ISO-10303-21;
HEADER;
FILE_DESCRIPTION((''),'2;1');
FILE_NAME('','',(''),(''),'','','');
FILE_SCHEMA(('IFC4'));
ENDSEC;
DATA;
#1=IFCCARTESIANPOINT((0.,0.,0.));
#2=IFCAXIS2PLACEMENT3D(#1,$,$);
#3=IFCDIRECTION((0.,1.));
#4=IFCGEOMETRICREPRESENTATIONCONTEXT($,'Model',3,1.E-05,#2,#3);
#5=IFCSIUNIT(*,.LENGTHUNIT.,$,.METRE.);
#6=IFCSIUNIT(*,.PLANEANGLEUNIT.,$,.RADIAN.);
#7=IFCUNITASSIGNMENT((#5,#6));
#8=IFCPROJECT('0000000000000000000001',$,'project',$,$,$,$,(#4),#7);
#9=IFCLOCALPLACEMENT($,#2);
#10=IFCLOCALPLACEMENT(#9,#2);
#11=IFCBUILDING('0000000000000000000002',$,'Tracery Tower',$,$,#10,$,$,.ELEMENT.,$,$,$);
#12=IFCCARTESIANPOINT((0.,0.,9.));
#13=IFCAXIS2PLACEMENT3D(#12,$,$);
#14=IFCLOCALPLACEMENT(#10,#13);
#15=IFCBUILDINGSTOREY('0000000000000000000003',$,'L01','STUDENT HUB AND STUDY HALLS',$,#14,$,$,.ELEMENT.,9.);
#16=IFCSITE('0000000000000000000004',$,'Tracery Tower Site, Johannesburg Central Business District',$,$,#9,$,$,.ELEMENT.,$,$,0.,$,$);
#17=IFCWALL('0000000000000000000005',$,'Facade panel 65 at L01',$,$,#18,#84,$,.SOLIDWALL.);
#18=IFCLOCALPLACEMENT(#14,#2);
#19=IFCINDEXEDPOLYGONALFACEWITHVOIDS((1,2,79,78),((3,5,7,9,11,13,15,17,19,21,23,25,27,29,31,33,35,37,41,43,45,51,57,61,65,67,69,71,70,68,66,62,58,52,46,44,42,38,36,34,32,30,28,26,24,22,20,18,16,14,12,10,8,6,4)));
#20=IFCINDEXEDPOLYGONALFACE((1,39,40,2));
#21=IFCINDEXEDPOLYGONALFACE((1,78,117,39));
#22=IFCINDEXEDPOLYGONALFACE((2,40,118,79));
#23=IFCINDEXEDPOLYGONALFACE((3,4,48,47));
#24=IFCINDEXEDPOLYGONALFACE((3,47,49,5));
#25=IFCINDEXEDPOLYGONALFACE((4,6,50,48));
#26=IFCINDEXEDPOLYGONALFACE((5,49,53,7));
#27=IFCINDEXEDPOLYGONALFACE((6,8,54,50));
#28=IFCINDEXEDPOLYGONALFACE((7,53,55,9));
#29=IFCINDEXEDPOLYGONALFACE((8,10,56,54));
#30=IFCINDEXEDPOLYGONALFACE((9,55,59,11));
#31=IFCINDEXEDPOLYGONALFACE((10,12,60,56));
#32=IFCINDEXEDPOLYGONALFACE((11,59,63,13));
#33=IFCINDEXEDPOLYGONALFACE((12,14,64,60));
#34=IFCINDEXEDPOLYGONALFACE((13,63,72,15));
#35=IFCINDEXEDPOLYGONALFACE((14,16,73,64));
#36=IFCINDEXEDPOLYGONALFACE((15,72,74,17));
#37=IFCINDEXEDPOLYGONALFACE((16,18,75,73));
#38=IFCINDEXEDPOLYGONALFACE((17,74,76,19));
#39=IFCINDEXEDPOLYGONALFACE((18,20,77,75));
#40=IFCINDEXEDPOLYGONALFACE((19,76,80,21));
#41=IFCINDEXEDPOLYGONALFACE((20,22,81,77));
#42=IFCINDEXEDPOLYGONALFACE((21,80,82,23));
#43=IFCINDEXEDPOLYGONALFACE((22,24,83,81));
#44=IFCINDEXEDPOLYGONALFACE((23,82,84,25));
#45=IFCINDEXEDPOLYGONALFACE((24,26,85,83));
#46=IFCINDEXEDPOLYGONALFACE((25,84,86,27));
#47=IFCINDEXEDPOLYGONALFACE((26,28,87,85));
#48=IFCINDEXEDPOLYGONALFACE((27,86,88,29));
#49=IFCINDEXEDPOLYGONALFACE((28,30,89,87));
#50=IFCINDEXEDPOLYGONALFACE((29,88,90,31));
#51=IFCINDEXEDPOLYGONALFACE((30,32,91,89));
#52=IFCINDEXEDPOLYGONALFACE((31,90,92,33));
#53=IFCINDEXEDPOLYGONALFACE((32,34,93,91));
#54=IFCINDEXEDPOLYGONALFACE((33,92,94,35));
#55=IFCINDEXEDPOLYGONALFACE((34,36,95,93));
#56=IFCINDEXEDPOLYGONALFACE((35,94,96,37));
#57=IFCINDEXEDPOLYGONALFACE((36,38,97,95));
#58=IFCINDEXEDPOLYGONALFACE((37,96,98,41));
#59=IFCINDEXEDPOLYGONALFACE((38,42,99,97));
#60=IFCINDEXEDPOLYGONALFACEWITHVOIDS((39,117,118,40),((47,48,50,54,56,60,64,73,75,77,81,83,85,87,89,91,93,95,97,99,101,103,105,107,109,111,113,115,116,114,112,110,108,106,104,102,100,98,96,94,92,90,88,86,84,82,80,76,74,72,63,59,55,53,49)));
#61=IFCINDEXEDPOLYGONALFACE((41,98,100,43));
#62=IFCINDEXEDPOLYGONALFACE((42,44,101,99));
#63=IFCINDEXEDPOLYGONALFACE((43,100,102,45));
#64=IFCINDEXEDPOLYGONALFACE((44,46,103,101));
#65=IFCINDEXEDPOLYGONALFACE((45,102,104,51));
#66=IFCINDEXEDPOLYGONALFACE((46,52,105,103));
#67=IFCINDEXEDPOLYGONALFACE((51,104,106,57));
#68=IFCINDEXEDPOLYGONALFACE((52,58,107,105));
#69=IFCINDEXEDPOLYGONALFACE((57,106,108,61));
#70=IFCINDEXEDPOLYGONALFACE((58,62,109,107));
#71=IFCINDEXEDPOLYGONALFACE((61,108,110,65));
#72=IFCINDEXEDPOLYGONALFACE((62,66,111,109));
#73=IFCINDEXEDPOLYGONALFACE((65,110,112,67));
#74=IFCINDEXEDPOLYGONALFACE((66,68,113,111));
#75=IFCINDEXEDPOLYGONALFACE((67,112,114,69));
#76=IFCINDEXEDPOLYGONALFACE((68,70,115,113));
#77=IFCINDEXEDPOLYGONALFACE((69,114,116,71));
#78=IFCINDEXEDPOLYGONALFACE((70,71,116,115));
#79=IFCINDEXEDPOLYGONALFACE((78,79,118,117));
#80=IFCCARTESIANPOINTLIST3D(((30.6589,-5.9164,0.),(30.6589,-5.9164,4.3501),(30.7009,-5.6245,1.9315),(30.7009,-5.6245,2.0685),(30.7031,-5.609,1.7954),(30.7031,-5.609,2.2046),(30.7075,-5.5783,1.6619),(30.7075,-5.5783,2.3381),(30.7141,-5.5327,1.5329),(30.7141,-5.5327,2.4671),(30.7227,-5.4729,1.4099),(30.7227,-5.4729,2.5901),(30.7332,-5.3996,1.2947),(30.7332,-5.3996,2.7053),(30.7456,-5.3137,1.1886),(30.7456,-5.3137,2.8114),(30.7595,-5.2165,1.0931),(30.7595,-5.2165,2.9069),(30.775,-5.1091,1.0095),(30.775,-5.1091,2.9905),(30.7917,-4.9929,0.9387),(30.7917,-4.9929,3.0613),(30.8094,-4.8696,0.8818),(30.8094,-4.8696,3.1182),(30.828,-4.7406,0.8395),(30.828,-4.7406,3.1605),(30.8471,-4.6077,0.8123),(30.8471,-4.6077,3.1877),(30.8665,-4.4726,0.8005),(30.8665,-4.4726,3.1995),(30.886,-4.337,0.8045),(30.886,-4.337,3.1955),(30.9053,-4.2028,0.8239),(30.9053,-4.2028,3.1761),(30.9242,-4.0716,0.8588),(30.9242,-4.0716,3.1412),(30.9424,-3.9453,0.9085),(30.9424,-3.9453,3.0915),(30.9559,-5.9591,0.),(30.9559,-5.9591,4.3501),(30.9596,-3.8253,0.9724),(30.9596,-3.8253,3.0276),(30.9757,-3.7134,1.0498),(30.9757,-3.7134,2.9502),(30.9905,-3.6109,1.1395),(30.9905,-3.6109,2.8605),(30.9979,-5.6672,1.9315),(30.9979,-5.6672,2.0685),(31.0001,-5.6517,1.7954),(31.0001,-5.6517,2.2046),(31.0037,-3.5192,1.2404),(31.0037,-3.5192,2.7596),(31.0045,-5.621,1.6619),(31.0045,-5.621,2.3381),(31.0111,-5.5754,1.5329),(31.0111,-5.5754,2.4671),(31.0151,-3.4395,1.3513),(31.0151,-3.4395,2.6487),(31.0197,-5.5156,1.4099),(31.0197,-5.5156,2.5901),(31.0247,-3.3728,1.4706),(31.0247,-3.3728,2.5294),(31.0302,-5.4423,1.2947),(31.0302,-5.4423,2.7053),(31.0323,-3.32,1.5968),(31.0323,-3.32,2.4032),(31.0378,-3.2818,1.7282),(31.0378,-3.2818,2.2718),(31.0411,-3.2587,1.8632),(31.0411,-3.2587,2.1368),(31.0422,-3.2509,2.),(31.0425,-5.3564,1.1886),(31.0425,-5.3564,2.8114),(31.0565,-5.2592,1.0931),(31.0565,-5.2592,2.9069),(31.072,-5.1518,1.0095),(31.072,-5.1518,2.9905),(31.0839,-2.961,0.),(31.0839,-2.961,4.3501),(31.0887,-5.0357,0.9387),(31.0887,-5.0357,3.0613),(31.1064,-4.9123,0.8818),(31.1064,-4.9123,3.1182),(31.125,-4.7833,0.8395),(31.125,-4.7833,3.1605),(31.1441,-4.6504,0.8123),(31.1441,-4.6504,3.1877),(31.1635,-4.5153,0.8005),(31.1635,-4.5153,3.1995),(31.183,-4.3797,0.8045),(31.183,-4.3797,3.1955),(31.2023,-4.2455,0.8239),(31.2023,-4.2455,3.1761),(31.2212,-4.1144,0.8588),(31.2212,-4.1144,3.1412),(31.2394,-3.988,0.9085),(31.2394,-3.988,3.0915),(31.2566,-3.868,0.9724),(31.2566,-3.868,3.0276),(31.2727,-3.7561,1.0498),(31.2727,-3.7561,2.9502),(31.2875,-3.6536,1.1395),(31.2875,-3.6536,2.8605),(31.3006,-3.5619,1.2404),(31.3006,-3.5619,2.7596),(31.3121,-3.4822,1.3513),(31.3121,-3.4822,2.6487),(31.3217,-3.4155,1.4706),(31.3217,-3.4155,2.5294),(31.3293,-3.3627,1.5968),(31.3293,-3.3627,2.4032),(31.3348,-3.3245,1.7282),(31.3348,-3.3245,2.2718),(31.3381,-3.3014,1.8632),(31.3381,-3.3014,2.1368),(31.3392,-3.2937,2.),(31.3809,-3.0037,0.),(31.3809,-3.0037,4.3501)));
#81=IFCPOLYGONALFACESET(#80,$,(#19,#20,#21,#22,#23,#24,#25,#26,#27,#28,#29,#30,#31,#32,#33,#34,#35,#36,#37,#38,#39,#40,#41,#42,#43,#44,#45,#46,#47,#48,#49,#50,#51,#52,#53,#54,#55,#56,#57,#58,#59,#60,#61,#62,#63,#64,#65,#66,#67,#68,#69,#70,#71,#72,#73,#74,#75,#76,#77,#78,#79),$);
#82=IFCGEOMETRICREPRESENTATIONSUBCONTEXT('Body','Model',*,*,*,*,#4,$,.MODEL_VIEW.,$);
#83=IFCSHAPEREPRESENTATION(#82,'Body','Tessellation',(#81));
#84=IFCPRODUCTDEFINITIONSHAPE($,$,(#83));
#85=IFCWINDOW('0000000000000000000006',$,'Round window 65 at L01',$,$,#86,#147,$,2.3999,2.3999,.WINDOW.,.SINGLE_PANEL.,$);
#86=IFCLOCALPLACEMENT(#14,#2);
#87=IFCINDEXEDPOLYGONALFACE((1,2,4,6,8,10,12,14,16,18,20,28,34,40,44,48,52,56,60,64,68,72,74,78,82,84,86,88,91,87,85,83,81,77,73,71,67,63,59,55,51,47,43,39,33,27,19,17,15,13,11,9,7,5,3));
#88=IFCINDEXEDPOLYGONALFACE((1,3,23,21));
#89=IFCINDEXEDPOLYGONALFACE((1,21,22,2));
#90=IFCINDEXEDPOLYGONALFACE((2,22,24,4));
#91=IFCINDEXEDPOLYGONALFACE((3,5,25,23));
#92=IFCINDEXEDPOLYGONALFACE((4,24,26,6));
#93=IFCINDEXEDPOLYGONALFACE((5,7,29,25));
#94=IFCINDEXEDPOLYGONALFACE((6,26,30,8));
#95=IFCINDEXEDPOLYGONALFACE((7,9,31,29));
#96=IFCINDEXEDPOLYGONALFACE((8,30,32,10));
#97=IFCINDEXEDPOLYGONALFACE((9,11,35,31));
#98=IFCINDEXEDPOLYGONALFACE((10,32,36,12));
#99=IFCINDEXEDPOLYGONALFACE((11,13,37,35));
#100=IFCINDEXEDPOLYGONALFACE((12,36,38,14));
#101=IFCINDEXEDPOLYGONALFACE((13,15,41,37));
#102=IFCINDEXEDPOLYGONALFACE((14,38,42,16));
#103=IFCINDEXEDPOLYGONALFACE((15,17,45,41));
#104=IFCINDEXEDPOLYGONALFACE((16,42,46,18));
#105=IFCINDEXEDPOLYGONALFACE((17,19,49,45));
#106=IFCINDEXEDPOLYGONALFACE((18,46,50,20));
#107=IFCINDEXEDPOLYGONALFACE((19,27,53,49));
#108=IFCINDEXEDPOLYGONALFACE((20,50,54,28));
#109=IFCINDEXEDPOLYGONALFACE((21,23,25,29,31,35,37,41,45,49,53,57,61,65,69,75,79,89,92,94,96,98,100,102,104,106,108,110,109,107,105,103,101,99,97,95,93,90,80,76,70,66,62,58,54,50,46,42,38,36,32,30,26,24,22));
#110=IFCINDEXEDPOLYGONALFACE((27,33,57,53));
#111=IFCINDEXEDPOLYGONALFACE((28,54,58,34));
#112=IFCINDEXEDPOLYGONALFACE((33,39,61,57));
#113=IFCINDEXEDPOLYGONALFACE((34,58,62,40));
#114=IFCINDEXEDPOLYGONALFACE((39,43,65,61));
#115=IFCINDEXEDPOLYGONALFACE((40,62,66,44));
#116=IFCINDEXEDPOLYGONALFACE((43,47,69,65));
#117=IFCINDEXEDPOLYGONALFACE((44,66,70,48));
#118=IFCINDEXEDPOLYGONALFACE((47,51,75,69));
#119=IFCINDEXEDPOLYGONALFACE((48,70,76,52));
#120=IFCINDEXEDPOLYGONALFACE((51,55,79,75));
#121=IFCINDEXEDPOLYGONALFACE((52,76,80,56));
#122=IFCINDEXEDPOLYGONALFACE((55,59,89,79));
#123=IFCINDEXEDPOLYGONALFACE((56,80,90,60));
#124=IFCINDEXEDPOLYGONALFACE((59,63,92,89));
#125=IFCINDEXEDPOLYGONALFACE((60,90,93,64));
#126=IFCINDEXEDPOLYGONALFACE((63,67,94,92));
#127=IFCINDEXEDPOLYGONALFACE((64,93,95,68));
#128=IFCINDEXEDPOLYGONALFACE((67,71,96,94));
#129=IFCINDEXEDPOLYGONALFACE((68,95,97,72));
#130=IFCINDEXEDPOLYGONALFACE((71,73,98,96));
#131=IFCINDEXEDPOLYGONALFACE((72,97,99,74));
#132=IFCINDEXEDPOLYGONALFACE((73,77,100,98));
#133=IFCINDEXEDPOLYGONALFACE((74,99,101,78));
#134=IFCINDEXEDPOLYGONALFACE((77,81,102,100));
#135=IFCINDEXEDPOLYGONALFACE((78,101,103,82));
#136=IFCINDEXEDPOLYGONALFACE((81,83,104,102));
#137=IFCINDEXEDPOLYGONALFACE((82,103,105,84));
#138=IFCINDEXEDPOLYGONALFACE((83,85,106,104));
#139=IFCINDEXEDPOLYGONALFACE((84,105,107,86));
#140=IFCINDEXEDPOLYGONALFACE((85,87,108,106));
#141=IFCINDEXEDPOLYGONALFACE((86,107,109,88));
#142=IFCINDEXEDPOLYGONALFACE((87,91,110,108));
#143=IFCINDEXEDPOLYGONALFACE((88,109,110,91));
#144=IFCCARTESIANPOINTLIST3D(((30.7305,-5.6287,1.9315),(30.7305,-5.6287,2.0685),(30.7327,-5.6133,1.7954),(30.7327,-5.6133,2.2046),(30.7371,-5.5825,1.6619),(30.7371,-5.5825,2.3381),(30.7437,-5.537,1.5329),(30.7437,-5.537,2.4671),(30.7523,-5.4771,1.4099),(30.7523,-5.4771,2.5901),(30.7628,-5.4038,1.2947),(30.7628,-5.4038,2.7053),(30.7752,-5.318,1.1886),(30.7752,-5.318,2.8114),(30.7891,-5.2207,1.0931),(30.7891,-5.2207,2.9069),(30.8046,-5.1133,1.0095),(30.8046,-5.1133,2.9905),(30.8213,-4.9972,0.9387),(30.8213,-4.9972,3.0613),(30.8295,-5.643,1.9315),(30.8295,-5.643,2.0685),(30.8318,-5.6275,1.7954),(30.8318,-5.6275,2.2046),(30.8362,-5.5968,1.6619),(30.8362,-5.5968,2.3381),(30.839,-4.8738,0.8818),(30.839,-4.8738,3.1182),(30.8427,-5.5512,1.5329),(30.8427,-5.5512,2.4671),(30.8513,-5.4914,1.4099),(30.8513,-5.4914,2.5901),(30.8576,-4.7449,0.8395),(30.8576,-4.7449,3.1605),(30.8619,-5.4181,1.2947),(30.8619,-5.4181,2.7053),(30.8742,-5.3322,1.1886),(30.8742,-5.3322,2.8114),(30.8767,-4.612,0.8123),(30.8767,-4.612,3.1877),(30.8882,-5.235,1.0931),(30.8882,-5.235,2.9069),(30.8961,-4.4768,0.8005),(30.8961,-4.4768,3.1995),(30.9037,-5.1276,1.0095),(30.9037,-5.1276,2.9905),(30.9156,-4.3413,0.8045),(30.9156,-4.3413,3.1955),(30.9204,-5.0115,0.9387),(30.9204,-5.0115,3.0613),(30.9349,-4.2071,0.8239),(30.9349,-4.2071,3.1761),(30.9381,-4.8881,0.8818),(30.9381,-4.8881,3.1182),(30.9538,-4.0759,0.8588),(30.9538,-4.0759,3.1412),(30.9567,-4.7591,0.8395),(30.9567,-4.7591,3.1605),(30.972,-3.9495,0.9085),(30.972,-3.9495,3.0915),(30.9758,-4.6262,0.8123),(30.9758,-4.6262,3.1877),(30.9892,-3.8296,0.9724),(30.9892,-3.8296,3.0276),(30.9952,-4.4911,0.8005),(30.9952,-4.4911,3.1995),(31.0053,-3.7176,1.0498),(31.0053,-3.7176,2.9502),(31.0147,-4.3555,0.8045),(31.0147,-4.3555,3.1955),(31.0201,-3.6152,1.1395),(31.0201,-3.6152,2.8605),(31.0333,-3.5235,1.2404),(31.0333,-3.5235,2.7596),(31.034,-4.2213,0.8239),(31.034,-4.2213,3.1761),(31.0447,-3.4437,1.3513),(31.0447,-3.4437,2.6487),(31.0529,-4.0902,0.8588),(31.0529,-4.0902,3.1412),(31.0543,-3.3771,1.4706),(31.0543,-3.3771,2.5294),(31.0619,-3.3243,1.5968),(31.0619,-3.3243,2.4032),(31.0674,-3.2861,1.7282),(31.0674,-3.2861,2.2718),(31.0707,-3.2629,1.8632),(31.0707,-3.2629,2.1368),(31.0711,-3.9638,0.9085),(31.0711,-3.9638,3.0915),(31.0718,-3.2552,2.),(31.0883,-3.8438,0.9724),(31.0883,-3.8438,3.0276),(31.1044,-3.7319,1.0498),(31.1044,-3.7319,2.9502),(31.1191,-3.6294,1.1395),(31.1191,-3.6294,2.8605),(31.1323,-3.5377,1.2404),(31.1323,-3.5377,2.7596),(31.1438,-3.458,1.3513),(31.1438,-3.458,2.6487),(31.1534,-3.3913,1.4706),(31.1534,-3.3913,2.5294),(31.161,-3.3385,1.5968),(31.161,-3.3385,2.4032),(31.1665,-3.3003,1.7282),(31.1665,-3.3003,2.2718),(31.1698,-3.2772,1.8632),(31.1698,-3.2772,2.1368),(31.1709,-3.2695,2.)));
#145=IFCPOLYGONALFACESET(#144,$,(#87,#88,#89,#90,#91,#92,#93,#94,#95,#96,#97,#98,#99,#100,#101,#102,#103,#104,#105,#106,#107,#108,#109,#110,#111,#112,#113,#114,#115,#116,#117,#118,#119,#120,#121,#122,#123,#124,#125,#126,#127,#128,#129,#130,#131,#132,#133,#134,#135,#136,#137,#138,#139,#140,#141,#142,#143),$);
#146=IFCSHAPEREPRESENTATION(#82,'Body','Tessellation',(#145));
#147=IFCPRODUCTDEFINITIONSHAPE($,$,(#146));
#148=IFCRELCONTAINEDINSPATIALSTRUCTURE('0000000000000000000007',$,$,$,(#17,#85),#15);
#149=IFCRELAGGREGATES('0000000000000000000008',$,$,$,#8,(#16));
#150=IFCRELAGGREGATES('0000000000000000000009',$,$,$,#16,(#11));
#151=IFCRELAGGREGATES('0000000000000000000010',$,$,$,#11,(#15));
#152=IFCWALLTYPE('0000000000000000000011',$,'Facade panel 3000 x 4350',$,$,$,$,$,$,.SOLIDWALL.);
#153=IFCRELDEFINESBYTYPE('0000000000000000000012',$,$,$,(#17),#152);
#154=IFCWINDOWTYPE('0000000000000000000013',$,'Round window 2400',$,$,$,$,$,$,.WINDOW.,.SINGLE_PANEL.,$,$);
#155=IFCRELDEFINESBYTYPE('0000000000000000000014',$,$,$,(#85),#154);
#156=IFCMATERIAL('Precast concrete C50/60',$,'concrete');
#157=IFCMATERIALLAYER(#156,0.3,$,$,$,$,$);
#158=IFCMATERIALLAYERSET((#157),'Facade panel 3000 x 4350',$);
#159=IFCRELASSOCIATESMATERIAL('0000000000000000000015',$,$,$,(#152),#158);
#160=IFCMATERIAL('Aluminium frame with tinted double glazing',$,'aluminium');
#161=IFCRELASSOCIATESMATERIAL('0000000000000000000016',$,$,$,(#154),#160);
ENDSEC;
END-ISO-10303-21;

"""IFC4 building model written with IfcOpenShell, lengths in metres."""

from ifc_helpers import new_model, si_unit, direction, frame, frame_2d, origin, origin_2d, place, context, subcontext, project, spatial, rectangle, circle, extrude, material, layer, layer_set, type_object, element, fill, save


model = new_model("IFC4")

# Units and contexts
model_context = context("Model", 3, precision=1e-05, world=origin(), true_north=direction((0.0, 1.0)))
body_context = subcontext(model_context, "Body", "Model", "MODEL_VIEW")
ifc_project = project(units=[si_unit("LENGTHUNIT", "METRE"), si_unit("PLANEANGLEUNIT", "RADIAN")], contexts=[model_context])

# Site, building, storey
site_placement = place(None, origin())
site = spatial("IfcSite", under=ifc_project, at=site_placement, Name="Tracery Tower Site, Johannesburg Central Business District", CompositionType="ELEMENT", RefElevation=0.0)
building_placement = place(site_placement, origin())
building = spatial("IfcBuilding", under=site, at=building_placement, Name="Tracery Tower", CompositionType="ELEMENT")
storey_placement = place(building_placement, frame((0.0, 0.0, 9.0)))
storey = spatial("IfcBuildingStorey", under=building, at=storey_placement, Name="L01", Description="STUDENT HUB AND STUDY HALLS", CompositionType="ELEMENT", Elevation=9.0)

# Wall, opening, window
ifc_material_1 = material(Name="Precast concrete C50/60", Category="concrete")
ifc_layer_1 = layer(ifc_material_1, 0.3)
ifc_layer_set_1 = layer_set([ifc_layer_1], Name="Facade panel 3000 x 4350")
wall_type_1 = type_object("IfcWallType", Name="Facade panel 3000 x 4350", PredefinedType="SOLIDWALL", material=ifc_layer_set_1)
ifc_material_2 = material(Name="Aluminium frame with tinted double glazing", Category="aluminium")
window_type = type_object("IfcWindowType", Name="Round window 2400", PartitioningType="SINGLE_PANEL", PredefinedType="WINDOW", material=ifc_material_2)
wall_1_placement = place(storey_placement, frame((30.8074, -5.9377, 0.0), z_axis=(0.0, 0.0, 1.0), x_axis=(0.14236, 0.989815, 0.0)))
wall_1 = element("IfcWall", 1, at=wall_1_placement, inside=storey, type_object=wall_type_1, Name="Facade panel 65 at L01", PredefinedType="SOLIDWALL", context=body_context, shape_type="SweptSolid", body=[
    extrude(rectangle(XDim=2.9858, YDim=0.3, at=frame_2d((1.4929, 0.0))), origin(), (0.0, 0.0, 1.0), 4.3501),
])
opening_1_placement = place(wall_1_placement, frame((1.4929, 0.0, 2.0)))
opening_1 = element("IfcOpeningElement", 2, at=opening_1_placement, cuts=wall_1, PredefinedType="OPENING", context=body_context, shape_type="SweptSolid", body=[
    extrude(circle(Radius=1.2, at=origin_2d()), frame((0.0, 0.1599, 0.0), z_axis=(0.0, -1.0, 0.0), x_axis=(1.0, 0.0, 0.0)), (0.0, 0.0, 1.0), 0.3201),
])
window_1_placement = place(opening_1_placement, origin())
window_1 = element("IfcWindow", 3, at=window_1_placement, inside=storey, type_object=window_type, Name="Round window 65 at L01", OverallHeight=2.3999, OverallWidth=2.3999, PartitioningType="SINGLE_PANEL", PredefinedType="WINDOW", context=body_context, shape_type="SweptSolid", body=[
    extrude(circle(Radius=1.2, at=origin_2d()), frame((0.0, 0.1201, 0.0), z_axis=(0.0, -1.0, 0.0), x_axis=(1.0, 0.0, 0.0)), (0.0, 0.0, 1.0), 0.1001),
])
fill(opening_1, window_1)

save(model, "model.ifc")
